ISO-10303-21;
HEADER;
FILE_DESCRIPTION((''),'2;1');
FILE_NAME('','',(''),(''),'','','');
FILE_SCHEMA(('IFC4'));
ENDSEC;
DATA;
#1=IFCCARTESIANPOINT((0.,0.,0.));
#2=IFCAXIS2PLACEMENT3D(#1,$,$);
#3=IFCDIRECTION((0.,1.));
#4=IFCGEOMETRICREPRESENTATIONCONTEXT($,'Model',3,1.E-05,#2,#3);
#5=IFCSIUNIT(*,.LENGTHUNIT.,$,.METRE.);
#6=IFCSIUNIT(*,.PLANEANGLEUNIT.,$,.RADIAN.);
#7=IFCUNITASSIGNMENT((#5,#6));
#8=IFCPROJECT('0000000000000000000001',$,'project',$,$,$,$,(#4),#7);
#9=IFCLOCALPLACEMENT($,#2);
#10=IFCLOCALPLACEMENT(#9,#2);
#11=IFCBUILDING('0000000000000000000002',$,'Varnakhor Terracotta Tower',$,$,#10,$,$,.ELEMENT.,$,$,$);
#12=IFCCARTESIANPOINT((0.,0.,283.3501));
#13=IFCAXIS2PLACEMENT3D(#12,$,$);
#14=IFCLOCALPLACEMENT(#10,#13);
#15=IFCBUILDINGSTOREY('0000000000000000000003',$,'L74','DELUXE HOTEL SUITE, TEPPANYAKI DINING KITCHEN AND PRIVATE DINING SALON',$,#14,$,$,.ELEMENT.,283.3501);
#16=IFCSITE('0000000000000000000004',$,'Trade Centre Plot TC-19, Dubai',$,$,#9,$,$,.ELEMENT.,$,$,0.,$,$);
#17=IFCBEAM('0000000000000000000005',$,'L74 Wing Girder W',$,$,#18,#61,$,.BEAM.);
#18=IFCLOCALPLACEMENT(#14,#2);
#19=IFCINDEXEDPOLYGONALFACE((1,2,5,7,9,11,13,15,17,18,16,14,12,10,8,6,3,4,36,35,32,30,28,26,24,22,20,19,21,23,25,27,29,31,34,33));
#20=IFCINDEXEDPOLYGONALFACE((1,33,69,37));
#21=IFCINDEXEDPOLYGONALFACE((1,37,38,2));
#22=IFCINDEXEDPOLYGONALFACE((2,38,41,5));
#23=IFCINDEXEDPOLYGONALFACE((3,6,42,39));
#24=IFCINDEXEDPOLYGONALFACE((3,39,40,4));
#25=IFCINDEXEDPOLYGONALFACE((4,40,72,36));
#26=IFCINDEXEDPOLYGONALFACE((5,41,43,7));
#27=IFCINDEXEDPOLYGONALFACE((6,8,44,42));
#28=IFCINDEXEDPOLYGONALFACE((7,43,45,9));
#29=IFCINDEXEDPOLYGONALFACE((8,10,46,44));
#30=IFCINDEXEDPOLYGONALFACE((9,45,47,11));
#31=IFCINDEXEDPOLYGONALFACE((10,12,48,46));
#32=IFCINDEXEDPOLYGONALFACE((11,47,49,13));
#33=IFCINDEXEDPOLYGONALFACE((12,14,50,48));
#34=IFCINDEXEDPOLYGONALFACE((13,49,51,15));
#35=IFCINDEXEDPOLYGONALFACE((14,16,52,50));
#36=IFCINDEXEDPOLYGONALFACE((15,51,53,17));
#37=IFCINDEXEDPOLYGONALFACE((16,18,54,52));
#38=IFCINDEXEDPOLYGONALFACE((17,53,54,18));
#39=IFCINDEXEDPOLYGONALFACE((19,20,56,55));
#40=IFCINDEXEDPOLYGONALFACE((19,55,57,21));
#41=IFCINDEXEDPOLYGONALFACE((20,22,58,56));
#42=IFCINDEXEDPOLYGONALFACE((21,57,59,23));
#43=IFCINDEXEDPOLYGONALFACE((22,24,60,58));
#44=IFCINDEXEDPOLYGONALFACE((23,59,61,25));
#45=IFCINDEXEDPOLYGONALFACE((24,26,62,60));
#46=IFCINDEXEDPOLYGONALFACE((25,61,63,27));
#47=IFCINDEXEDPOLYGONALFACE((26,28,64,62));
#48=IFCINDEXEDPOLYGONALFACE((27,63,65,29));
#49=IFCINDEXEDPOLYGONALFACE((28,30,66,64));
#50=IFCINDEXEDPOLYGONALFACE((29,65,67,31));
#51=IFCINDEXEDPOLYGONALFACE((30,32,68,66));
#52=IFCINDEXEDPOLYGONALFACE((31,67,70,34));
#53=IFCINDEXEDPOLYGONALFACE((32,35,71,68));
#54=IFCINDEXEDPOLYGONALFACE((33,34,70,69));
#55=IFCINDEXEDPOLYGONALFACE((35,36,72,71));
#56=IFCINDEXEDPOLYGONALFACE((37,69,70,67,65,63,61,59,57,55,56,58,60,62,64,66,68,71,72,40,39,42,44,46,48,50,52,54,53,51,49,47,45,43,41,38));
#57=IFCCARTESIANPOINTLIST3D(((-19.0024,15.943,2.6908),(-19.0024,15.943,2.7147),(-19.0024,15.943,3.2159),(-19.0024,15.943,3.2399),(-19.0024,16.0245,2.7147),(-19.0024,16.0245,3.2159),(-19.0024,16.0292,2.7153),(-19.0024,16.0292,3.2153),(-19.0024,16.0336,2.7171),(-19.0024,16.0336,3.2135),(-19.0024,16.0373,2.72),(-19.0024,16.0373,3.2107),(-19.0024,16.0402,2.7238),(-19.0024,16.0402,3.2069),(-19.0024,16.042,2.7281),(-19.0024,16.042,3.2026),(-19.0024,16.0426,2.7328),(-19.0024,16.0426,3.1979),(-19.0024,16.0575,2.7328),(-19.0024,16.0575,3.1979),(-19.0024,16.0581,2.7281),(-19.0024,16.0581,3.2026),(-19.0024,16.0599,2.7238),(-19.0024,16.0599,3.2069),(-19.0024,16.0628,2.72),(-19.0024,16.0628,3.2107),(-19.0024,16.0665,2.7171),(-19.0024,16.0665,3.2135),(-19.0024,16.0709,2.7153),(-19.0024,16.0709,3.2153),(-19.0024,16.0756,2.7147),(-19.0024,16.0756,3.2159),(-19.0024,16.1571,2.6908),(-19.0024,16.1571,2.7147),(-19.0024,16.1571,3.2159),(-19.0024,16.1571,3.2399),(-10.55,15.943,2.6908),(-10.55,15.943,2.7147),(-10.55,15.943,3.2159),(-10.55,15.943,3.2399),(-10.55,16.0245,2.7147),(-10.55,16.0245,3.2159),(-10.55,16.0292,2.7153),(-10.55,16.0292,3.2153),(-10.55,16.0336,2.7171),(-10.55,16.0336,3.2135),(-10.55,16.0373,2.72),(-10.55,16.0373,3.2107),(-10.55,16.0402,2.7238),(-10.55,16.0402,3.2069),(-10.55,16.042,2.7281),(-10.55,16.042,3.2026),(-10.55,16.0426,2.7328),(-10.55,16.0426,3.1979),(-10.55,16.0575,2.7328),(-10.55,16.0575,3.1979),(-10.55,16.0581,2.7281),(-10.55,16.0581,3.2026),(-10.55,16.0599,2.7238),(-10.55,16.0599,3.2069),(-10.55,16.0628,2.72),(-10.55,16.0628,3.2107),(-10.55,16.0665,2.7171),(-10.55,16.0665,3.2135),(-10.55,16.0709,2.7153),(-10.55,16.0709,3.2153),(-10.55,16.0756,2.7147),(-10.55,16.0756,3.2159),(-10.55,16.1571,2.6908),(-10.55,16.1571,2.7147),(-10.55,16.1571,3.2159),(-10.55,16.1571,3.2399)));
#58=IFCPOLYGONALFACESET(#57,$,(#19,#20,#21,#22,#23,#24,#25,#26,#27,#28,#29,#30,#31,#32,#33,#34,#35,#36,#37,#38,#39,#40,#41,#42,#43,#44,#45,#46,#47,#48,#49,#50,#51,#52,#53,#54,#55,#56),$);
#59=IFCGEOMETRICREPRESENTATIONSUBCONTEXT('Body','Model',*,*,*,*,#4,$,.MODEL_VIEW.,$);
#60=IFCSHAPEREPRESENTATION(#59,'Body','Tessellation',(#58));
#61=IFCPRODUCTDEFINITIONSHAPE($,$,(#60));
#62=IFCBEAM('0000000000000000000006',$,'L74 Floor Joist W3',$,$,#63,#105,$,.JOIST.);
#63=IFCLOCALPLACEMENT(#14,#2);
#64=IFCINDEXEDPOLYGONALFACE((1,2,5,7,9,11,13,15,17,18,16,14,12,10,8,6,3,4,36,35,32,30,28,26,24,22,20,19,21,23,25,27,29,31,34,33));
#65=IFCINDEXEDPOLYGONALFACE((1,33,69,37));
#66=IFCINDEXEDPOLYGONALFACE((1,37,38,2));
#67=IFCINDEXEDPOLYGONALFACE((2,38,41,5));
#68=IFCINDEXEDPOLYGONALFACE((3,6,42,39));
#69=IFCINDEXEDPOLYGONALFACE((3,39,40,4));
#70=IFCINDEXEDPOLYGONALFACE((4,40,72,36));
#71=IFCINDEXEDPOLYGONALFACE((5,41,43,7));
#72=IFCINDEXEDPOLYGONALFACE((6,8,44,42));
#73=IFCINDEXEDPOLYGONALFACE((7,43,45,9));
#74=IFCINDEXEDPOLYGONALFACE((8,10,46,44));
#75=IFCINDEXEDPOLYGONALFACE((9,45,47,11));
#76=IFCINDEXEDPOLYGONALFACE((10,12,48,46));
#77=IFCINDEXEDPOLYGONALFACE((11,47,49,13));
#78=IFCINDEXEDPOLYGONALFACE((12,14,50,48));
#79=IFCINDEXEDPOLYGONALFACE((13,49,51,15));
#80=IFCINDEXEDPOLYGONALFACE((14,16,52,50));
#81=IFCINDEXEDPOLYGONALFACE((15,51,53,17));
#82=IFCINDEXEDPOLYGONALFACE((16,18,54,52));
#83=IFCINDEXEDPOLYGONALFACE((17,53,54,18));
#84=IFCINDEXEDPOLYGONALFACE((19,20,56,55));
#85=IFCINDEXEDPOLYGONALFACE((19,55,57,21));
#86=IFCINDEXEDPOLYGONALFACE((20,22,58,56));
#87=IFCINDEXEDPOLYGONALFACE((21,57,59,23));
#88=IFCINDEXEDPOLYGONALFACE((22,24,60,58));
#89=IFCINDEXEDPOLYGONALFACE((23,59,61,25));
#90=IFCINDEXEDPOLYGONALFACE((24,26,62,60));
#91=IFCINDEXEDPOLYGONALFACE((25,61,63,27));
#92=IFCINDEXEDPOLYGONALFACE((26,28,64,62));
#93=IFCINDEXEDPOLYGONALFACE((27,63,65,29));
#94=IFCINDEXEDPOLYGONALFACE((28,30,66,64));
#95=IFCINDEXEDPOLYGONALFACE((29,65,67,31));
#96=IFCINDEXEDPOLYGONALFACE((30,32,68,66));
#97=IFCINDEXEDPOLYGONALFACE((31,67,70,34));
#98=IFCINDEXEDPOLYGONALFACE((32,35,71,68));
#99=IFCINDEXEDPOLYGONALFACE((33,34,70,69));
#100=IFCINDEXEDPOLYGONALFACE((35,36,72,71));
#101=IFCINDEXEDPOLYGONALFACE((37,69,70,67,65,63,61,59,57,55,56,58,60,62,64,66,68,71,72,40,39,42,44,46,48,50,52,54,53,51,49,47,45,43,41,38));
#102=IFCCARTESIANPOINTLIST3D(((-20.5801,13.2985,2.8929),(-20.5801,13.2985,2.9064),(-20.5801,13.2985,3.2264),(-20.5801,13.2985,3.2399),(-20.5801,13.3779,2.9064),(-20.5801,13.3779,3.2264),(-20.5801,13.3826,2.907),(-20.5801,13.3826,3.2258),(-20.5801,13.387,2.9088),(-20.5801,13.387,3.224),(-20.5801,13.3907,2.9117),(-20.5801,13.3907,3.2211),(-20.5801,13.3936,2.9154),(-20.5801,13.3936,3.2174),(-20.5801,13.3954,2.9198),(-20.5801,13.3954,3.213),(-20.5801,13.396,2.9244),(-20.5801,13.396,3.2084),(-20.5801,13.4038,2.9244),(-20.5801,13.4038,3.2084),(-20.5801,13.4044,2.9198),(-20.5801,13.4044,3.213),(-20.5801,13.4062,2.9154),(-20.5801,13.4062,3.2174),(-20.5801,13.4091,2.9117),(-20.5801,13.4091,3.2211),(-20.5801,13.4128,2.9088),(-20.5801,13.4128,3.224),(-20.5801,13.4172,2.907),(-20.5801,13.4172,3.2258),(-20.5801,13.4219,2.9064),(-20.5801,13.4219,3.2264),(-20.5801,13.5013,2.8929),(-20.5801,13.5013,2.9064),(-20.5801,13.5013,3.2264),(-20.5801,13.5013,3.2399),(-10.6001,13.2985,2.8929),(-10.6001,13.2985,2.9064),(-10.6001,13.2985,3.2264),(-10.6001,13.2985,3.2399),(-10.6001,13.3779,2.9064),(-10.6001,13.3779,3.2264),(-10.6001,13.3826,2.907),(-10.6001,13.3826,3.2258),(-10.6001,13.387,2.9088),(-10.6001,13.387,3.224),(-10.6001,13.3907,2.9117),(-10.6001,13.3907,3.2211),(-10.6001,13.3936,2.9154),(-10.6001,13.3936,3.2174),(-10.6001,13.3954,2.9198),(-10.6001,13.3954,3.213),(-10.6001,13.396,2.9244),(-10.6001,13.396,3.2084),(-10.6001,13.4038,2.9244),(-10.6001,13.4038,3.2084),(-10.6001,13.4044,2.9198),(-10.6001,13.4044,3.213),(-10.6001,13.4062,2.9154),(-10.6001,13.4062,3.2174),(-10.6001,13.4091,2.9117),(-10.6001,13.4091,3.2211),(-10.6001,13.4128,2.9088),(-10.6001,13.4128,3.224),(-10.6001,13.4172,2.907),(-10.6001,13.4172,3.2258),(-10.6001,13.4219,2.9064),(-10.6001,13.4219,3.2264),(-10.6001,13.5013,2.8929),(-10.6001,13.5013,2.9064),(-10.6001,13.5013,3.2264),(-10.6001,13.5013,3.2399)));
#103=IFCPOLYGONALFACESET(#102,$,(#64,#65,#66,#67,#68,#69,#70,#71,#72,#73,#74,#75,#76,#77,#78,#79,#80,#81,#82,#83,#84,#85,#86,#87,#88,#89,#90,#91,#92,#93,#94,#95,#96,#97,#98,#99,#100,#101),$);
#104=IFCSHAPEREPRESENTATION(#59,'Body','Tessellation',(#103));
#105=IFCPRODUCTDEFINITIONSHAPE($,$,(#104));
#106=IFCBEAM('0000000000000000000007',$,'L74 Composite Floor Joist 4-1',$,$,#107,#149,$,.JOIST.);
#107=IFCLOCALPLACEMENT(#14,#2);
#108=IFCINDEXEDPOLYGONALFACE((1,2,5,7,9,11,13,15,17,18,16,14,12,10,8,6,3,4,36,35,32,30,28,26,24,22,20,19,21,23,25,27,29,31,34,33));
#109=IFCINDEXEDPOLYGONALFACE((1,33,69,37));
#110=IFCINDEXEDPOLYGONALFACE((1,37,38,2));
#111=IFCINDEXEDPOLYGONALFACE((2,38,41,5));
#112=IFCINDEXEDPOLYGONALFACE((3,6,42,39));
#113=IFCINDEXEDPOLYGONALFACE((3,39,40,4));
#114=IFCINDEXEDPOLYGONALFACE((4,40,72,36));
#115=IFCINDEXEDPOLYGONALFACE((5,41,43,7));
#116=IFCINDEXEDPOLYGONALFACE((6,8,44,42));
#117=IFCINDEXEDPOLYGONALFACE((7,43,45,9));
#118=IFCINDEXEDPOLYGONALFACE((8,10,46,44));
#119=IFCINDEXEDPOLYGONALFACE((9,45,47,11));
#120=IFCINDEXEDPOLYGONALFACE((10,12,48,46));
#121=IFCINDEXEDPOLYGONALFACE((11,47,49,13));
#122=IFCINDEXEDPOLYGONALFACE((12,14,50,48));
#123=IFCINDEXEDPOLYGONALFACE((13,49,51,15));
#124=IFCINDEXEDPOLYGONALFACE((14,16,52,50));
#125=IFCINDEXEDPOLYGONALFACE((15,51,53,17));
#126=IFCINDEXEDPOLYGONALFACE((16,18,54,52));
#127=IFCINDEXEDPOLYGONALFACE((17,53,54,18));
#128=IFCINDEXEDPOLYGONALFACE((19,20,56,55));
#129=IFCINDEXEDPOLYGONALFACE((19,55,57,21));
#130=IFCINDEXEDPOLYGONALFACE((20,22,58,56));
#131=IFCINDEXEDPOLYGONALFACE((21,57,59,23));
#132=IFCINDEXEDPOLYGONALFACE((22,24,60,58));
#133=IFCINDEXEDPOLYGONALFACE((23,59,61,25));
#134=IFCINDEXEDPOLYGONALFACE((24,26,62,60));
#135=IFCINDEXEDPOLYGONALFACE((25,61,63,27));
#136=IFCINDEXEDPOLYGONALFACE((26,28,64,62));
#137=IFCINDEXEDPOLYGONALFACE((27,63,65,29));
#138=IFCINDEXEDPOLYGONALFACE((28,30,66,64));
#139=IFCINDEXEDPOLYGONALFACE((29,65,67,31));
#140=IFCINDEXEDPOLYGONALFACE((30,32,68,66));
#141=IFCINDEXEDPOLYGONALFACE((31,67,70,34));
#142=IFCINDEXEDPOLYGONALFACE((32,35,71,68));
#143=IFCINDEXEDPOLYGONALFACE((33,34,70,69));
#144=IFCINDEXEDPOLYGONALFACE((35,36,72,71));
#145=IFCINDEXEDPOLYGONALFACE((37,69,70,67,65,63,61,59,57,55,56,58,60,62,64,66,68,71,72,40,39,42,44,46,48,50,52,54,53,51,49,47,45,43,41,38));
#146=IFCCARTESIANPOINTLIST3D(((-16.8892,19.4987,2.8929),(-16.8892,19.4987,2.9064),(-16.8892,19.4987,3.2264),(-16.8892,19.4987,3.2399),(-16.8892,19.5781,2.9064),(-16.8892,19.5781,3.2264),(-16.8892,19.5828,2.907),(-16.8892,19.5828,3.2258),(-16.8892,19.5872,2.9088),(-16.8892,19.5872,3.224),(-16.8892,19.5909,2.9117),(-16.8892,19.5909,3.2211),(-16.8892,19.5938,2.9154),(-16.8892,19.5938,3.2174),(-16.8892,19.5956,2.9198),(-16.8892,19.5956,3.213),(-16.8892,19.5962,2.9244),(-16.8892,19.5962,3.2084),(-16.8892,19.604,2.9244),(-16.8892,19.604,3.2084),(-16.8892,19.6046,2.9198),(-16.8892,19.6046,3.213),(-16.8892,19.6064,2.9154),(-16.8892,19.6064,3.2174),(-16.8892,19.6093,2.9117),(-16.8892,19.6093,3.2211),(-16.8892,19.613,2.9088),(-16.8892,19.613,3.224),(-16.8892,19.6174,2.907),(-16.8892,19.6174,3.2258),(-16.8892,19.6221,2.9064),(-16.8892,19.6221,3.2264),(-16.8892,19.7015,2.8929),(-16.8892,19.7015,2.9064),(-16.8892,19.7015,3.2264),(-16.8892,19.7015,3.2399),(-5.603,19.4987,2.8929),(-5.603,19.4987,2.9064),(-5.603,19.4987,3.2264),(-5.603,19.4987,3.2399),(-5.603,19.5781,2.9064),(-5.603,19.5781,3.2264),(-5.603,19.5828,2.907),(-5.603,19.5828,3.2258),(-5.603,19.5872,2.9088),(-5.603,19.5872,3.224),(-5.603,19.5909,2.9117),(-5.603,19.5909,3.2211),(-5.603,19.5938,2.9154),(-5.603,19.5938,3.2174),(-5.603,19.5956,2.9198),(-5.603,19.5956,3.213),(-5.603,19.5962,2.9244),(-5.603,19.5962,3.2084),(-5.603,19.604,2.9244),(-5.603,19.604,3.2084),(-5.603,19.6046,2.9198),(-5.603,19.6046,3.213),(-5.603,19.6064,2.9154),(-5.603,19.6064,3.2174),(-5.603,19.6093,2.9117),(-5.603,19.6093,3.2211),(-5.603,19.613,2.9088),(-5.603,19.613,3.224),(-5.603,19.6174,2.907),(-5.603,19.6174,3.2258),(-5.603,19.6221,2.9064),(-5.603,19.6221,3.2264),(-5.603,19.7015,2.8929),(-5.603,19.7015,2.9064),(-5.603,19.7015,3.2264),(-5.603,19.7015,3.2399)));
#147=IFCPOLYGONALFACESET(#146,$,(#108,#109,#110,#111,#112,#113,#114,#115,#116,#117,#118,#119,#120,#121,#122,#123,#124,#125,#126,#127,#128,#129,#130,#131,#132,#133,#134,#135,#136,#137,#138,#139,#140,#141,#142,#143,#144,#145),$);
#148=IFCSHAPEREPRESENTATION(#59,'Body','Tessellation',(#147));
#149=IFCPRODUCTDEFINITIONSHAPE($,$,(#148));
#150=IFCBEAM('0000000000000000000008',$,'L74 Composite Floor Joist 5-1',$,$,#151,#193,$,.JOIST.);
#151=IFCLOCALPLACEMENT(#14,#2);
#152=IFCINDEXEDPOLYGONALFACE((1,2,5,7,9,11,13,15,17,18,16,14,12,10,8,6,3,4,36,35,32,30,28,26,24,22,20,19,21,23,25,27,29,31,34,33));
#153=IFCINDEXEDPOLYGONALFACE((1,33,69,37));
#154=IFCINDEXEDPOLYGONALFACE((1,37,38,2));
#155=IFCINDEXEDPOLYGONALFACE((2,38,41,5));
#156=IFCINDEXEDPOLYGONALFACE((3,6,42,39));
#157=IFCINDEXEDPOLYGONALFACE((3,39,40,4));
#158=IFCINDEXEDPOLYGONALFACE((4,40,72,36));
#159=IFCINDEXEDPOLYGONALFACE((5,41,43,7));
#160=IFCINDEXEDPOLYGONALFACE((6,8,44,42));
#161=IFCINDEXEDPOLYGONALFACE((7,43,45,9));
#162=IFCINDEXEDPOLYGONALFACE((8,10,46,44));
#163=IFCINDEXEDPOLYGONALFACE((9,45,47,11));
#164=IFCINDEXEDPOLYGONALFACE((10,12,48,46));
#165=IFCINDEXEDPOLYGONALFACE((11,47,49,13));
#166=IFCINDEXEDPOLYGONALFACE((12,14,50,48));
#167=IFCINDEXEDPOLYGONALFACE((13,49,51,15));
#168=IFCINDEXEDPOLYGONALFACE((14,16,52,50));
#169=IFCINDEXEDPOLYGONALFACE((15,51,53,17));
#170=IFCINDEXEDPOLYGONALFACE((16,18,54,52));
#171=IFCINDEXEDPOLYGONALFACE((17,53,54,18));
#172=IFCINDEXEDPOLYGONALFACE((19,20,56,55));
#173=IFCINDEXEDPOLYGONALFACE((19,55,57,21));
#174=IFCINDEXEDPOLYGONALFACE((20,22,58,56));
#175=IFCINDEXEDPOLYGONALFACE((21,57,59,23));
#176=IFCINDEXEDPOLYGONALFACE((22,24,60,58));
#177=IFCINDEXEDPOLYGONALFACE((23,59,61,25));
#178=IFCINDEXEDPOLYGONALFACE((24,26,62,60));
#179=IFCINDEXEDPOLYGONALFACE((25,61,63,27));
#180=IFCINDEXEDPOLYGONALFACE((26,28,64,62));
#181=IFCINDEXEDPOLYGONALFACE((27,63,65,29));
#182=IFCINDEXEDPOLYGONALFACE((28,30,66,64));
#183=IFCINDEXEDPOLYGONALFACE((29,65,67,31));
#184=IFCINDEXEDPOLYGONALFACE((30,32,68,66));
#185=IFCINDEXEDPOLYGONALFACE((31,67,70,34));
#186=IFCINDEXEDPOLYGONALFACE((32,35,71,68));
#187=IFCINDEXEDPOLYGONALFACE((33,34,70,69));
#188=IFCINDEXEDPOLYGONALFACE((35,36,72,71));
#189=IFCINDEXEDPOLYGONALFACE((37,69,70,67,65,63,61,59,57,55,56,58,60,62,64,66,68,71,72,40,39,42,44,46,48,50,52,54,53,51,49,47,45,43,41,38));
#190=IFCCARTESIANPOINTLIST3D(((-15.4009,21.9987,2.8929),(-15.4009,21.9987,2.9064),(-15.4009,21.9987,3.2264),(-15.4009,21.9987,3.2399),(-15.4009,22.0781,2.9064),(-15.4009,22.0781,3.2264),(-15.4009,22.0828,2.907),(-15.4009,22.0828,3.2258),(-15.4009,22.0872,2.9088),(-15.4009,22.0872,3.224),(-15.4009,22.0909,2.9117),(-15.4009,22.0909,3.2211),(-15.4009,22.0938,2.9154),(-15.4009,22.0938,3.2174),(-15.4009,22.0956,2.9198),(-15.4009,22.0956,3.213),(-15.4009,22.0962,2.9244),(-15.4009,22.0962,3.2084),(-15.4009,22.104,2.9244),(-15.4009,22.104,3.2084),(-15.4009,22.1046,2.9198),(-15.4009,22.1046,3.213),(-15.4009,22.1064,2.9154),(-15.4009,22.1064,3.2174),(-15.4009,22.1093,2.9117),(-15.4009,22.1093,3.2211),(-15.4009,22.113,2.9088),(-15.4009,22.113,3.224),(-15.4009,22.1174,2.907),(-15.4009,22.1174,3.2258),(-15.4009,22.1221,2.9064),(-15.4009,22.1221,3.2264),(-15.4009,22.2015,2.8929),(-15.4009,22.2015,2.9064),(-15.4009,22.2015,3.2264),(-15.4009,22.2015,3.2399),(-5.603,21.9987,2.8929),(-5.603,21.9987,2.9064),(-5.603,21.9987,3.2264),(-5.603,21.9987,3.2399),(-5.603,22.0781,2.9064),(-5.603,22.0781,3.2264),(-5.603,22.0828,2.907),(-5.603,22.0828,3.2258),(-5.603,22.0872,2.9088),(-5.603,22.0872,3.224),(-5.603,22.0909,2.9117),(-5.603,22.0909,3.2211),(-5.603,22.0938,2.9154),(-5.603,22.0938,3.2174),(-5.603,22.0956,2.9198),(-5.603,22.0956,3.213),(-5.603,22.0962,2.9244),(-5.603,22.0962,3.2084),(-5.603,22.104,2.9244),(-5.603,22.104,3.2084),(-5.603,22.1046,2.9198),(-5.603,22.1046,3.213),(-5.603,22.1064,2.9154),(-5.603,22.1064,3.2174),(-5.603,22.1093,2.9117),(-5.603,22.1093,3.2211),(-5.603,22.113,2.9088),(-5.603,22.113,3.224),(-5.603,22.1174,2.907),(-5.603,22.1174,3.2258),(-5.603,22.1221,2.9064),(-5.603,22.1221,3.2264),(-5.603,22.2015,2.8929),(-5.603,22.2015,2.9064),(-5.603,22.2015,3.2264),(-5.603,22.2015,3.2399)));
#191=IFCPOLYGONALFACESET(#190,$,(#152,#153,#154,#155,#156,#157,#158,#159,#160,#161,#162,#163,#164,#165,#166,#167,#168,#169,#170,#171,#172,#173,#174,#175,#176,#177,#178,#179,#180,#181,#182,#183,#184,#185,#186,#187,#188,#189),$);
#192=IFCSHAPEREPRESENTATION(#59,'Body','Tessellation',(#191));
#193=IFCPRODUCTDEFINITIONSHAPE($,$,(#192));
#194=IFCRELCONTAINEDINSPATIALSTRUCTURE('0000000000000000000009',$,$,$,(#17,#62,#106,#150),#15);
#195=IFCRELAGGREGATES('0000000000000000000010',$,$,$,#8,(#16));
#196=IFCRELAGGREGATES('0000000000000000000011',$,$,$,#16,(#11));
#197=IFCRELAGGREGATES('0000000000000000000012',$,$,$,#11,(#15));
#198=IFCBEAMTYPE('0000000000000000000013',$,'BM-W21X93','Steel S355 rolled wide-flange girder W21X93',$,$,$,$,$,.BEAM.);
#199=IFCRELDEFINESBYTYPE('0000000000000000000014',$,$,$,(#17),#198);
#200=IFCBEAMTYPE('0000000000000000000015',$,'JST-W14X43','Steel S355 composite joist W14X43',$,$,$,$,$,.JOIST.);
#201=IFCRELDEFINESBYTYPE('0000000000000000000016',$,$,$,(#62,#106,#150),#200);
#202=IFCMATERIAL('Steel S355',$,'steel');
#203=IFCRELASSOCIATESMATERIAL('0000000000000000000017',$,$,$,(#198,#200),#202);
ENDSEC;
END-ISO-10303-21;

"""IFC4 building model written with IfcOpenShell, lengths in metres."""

from ifc_helpers import new_model, si_unit, direction, frame, origin, origin_2d, place, context, subcontext, project, spatial, i_section, extrude, source, transform, mapped, material, material_profile, profile_set, type_object, element, save


model = new_model("IFC4")

# Units and contexts
model_context = context("Model", 3, precision=1e-05, world=origin(), true_north=direction((0.0, 1.0)))
body_context = subcontext(model_context, "Body", "Model", "MODEL_VIEW")
ifc_project = project(units=[si_unit("LENGTHUNIT", "METRE"), si_unit("PLANEANGLEUNIT", "RADIAN")], contexts=[model_context])

# Site, building, storey
site_placement = place(None, origin())
site = spatial("IfcSite", under=ifc_project, at=site_placement, Name="Trade Centre Plot TC-19, Dubai", CompositionType="ELEMENT", RefElevation=0.0)
building_placement = place(site_placement, origin())
building = spatial("IfcBuilding", under=site, at=building_placement, Name="Varnakhor Terracotta Tower", CompositionType="ELEMENT")
storey_placement = place(building_placement, frame((0.0, 0.0, 283.3501)))
storey = spatial("IfcBuildingStorey", under=building, at=storey_placement, Name="L74", Description="DELUXE HOTEL SUITE, TEPPANYAKI DINING KITCHEN AND PRIVATE DINING SALON", CompositionType="ELEMENT", Elevation=283.3501)

# Beams
ifc_material_1 = material(Name="Steel S355", Category="steel")
ifc_material_profile_1 = material_profile(ifc_material_1, i_section(OverallWidth=0.2141, OverallDepth=0.5491, WebThickness=0.0149, FlangeThickness=0.0239, FilletRadius=0.0181, at=origin_2d()), Name="W21X93")
ifc_profile_set_1 = profile_set([ifc_material_profile_1], Name="Steel S355")
beam_type_1 = type_object("IfcBeamType", Name="BM-W21X93", Description="Steel S355 rolled wide-flange girder W21X93", PredefinedType="BEAM", material=ifc_profile_set_1)
shared_shape_1 = source(origin(), body_context, "Body", "SweptSolid", [
    extrude(i_section(OverallWidth=0.2141, OverallDepth=0.5491, WebThickness=0.0149, FlangeThickness=0.0239, FilletRadius=0.0181, at=origin_2d()), origin(), (0.0, 0.0, 1.0), 8.4524),
])
beam_1_placement = place(storey_placement, frame((-19.0024, 16.05, 2.9653), z_axis=(1.0, 0.0, 0.0), x_axis=(0.0, 1.0, 0.0)))
element("IfcBeam", 1, at=beam_1_placement, inside=storey, type_object=beam_type_1, Name="L74 Wing Girder W", PredefinedType="BEAM", context=body_context, shape_type="MappedRepresentation", body=[
    mapped(shared_shape_1, transform((0.0, 0.0, 0.0), scale=1.0)),
])
ifc_material_profile_2 = material_profile(ifc_material_1, i_section(OverallWidth=0.2029, OverallDepth=0.3469, WebThickness=0.0078, FlangeThickness=0.0134, FilletRadius=0.0181, at=origin_2d()), Name="W14X43")
ifc_profile_set_2 = profile_set([ifc_material_profile_2], Name="Steel S355")
beam_type_2 = type_object("IfcBeamType", Name="JST-W14X43", Description="Steel S355 composite joist W14X43", PredefinedType="JOIST", material=ifc_profile_set_2)
shared_shape_2 = source(origin(), body_context, "Body", "SweptSolid", [
    extrude(i_section(OverallWidth=0.2029, OverallDepth=0.3469, WebThickness=0.0078, FlangeThickness=0.0134, FilletRadius=0.0181, at=origin_2d()), origin(), (0.0, 0.0, 1.0), 9.98),
])
beam_2_placement = place(storey_placement, frame((-20.5801, 13.3999, 3.0664), z_axis=(1.0, 0.0, 0.0), x_axis=(0.0, 1.0, 0.0)))
element("IfcBeam", 2, at=beam_2_placement, inside=storey, type_object=beam_type_2, Name="L74 Floor Joist W3", PredefinedType="JOIST", context=body_context, shape_type="MappedRepresentation", body=[
    mapped(shared_shape_2, transform((0.0, 0.0, 0.0), scale=1.0)),
])
shared_shape_3 = source(origin(), body_context, "Body", "SweptSolid", [
    extrude(i_section(OverallWidth=0.2029, OverallDepth=0.3469, WebThickness=0.0078, FlangeThickness=0.0134, FilletRadius=0.0181, at=origin_2d()), origin(), (0.0, 0.0, 1.0), 11.2861),
])
beam_3_placement = place(storey_placement, frame((-16.8892, 19.6001, 3.0664), z_axis=(1.0, 0.0, 0.0), x_axis=(0.0, 1.0, 0.0)))
element("IfcBeam", 3, at=beam_3_placement, inside=storey, type_object=beam_type_2, Name="L74 Composite Floor Joist 4-1", PredefinedType="JOIST", context=body_context, shape_type="MappedRepresentation", body=[
    mapped(shared_shape_3, transform((0.0, 0.0, 0.0), scale=1.0)),
])
shared_shape_4 = source(origin(), body_context, "Body", "SweptSolid", [
    extrude(i_section(OverallWidth=0.2029, OverallDepth=0.3469, WebThickness=0.0078, FlangeThickness=0.0134, FilletRadius=0.0181, at=origin_2d()), origin(), (0.0, 0.0, 1.0), 9.7979),
])
beam_4_placement = place(storey_placement, frame((-15.4009, 22.1001, 3.0664), z_axis=(1.0, 0.0, 0.0), x_axis=(0.0, 1.0, 0.0)))
element("IfcBeam", 4, at=beam_4_placement, inside=storey, type_object=beam_type_2, Name="L74 Composite Floor Joist 5-1", PredefinedType="JOIST", context=body_context, shape_type="MappedRepresentation", body=[
    mapped(shared_shape_4, transform((0.0, 0.0, 0.0), scale=1.0)),
])

save(model, "model.ifc")
